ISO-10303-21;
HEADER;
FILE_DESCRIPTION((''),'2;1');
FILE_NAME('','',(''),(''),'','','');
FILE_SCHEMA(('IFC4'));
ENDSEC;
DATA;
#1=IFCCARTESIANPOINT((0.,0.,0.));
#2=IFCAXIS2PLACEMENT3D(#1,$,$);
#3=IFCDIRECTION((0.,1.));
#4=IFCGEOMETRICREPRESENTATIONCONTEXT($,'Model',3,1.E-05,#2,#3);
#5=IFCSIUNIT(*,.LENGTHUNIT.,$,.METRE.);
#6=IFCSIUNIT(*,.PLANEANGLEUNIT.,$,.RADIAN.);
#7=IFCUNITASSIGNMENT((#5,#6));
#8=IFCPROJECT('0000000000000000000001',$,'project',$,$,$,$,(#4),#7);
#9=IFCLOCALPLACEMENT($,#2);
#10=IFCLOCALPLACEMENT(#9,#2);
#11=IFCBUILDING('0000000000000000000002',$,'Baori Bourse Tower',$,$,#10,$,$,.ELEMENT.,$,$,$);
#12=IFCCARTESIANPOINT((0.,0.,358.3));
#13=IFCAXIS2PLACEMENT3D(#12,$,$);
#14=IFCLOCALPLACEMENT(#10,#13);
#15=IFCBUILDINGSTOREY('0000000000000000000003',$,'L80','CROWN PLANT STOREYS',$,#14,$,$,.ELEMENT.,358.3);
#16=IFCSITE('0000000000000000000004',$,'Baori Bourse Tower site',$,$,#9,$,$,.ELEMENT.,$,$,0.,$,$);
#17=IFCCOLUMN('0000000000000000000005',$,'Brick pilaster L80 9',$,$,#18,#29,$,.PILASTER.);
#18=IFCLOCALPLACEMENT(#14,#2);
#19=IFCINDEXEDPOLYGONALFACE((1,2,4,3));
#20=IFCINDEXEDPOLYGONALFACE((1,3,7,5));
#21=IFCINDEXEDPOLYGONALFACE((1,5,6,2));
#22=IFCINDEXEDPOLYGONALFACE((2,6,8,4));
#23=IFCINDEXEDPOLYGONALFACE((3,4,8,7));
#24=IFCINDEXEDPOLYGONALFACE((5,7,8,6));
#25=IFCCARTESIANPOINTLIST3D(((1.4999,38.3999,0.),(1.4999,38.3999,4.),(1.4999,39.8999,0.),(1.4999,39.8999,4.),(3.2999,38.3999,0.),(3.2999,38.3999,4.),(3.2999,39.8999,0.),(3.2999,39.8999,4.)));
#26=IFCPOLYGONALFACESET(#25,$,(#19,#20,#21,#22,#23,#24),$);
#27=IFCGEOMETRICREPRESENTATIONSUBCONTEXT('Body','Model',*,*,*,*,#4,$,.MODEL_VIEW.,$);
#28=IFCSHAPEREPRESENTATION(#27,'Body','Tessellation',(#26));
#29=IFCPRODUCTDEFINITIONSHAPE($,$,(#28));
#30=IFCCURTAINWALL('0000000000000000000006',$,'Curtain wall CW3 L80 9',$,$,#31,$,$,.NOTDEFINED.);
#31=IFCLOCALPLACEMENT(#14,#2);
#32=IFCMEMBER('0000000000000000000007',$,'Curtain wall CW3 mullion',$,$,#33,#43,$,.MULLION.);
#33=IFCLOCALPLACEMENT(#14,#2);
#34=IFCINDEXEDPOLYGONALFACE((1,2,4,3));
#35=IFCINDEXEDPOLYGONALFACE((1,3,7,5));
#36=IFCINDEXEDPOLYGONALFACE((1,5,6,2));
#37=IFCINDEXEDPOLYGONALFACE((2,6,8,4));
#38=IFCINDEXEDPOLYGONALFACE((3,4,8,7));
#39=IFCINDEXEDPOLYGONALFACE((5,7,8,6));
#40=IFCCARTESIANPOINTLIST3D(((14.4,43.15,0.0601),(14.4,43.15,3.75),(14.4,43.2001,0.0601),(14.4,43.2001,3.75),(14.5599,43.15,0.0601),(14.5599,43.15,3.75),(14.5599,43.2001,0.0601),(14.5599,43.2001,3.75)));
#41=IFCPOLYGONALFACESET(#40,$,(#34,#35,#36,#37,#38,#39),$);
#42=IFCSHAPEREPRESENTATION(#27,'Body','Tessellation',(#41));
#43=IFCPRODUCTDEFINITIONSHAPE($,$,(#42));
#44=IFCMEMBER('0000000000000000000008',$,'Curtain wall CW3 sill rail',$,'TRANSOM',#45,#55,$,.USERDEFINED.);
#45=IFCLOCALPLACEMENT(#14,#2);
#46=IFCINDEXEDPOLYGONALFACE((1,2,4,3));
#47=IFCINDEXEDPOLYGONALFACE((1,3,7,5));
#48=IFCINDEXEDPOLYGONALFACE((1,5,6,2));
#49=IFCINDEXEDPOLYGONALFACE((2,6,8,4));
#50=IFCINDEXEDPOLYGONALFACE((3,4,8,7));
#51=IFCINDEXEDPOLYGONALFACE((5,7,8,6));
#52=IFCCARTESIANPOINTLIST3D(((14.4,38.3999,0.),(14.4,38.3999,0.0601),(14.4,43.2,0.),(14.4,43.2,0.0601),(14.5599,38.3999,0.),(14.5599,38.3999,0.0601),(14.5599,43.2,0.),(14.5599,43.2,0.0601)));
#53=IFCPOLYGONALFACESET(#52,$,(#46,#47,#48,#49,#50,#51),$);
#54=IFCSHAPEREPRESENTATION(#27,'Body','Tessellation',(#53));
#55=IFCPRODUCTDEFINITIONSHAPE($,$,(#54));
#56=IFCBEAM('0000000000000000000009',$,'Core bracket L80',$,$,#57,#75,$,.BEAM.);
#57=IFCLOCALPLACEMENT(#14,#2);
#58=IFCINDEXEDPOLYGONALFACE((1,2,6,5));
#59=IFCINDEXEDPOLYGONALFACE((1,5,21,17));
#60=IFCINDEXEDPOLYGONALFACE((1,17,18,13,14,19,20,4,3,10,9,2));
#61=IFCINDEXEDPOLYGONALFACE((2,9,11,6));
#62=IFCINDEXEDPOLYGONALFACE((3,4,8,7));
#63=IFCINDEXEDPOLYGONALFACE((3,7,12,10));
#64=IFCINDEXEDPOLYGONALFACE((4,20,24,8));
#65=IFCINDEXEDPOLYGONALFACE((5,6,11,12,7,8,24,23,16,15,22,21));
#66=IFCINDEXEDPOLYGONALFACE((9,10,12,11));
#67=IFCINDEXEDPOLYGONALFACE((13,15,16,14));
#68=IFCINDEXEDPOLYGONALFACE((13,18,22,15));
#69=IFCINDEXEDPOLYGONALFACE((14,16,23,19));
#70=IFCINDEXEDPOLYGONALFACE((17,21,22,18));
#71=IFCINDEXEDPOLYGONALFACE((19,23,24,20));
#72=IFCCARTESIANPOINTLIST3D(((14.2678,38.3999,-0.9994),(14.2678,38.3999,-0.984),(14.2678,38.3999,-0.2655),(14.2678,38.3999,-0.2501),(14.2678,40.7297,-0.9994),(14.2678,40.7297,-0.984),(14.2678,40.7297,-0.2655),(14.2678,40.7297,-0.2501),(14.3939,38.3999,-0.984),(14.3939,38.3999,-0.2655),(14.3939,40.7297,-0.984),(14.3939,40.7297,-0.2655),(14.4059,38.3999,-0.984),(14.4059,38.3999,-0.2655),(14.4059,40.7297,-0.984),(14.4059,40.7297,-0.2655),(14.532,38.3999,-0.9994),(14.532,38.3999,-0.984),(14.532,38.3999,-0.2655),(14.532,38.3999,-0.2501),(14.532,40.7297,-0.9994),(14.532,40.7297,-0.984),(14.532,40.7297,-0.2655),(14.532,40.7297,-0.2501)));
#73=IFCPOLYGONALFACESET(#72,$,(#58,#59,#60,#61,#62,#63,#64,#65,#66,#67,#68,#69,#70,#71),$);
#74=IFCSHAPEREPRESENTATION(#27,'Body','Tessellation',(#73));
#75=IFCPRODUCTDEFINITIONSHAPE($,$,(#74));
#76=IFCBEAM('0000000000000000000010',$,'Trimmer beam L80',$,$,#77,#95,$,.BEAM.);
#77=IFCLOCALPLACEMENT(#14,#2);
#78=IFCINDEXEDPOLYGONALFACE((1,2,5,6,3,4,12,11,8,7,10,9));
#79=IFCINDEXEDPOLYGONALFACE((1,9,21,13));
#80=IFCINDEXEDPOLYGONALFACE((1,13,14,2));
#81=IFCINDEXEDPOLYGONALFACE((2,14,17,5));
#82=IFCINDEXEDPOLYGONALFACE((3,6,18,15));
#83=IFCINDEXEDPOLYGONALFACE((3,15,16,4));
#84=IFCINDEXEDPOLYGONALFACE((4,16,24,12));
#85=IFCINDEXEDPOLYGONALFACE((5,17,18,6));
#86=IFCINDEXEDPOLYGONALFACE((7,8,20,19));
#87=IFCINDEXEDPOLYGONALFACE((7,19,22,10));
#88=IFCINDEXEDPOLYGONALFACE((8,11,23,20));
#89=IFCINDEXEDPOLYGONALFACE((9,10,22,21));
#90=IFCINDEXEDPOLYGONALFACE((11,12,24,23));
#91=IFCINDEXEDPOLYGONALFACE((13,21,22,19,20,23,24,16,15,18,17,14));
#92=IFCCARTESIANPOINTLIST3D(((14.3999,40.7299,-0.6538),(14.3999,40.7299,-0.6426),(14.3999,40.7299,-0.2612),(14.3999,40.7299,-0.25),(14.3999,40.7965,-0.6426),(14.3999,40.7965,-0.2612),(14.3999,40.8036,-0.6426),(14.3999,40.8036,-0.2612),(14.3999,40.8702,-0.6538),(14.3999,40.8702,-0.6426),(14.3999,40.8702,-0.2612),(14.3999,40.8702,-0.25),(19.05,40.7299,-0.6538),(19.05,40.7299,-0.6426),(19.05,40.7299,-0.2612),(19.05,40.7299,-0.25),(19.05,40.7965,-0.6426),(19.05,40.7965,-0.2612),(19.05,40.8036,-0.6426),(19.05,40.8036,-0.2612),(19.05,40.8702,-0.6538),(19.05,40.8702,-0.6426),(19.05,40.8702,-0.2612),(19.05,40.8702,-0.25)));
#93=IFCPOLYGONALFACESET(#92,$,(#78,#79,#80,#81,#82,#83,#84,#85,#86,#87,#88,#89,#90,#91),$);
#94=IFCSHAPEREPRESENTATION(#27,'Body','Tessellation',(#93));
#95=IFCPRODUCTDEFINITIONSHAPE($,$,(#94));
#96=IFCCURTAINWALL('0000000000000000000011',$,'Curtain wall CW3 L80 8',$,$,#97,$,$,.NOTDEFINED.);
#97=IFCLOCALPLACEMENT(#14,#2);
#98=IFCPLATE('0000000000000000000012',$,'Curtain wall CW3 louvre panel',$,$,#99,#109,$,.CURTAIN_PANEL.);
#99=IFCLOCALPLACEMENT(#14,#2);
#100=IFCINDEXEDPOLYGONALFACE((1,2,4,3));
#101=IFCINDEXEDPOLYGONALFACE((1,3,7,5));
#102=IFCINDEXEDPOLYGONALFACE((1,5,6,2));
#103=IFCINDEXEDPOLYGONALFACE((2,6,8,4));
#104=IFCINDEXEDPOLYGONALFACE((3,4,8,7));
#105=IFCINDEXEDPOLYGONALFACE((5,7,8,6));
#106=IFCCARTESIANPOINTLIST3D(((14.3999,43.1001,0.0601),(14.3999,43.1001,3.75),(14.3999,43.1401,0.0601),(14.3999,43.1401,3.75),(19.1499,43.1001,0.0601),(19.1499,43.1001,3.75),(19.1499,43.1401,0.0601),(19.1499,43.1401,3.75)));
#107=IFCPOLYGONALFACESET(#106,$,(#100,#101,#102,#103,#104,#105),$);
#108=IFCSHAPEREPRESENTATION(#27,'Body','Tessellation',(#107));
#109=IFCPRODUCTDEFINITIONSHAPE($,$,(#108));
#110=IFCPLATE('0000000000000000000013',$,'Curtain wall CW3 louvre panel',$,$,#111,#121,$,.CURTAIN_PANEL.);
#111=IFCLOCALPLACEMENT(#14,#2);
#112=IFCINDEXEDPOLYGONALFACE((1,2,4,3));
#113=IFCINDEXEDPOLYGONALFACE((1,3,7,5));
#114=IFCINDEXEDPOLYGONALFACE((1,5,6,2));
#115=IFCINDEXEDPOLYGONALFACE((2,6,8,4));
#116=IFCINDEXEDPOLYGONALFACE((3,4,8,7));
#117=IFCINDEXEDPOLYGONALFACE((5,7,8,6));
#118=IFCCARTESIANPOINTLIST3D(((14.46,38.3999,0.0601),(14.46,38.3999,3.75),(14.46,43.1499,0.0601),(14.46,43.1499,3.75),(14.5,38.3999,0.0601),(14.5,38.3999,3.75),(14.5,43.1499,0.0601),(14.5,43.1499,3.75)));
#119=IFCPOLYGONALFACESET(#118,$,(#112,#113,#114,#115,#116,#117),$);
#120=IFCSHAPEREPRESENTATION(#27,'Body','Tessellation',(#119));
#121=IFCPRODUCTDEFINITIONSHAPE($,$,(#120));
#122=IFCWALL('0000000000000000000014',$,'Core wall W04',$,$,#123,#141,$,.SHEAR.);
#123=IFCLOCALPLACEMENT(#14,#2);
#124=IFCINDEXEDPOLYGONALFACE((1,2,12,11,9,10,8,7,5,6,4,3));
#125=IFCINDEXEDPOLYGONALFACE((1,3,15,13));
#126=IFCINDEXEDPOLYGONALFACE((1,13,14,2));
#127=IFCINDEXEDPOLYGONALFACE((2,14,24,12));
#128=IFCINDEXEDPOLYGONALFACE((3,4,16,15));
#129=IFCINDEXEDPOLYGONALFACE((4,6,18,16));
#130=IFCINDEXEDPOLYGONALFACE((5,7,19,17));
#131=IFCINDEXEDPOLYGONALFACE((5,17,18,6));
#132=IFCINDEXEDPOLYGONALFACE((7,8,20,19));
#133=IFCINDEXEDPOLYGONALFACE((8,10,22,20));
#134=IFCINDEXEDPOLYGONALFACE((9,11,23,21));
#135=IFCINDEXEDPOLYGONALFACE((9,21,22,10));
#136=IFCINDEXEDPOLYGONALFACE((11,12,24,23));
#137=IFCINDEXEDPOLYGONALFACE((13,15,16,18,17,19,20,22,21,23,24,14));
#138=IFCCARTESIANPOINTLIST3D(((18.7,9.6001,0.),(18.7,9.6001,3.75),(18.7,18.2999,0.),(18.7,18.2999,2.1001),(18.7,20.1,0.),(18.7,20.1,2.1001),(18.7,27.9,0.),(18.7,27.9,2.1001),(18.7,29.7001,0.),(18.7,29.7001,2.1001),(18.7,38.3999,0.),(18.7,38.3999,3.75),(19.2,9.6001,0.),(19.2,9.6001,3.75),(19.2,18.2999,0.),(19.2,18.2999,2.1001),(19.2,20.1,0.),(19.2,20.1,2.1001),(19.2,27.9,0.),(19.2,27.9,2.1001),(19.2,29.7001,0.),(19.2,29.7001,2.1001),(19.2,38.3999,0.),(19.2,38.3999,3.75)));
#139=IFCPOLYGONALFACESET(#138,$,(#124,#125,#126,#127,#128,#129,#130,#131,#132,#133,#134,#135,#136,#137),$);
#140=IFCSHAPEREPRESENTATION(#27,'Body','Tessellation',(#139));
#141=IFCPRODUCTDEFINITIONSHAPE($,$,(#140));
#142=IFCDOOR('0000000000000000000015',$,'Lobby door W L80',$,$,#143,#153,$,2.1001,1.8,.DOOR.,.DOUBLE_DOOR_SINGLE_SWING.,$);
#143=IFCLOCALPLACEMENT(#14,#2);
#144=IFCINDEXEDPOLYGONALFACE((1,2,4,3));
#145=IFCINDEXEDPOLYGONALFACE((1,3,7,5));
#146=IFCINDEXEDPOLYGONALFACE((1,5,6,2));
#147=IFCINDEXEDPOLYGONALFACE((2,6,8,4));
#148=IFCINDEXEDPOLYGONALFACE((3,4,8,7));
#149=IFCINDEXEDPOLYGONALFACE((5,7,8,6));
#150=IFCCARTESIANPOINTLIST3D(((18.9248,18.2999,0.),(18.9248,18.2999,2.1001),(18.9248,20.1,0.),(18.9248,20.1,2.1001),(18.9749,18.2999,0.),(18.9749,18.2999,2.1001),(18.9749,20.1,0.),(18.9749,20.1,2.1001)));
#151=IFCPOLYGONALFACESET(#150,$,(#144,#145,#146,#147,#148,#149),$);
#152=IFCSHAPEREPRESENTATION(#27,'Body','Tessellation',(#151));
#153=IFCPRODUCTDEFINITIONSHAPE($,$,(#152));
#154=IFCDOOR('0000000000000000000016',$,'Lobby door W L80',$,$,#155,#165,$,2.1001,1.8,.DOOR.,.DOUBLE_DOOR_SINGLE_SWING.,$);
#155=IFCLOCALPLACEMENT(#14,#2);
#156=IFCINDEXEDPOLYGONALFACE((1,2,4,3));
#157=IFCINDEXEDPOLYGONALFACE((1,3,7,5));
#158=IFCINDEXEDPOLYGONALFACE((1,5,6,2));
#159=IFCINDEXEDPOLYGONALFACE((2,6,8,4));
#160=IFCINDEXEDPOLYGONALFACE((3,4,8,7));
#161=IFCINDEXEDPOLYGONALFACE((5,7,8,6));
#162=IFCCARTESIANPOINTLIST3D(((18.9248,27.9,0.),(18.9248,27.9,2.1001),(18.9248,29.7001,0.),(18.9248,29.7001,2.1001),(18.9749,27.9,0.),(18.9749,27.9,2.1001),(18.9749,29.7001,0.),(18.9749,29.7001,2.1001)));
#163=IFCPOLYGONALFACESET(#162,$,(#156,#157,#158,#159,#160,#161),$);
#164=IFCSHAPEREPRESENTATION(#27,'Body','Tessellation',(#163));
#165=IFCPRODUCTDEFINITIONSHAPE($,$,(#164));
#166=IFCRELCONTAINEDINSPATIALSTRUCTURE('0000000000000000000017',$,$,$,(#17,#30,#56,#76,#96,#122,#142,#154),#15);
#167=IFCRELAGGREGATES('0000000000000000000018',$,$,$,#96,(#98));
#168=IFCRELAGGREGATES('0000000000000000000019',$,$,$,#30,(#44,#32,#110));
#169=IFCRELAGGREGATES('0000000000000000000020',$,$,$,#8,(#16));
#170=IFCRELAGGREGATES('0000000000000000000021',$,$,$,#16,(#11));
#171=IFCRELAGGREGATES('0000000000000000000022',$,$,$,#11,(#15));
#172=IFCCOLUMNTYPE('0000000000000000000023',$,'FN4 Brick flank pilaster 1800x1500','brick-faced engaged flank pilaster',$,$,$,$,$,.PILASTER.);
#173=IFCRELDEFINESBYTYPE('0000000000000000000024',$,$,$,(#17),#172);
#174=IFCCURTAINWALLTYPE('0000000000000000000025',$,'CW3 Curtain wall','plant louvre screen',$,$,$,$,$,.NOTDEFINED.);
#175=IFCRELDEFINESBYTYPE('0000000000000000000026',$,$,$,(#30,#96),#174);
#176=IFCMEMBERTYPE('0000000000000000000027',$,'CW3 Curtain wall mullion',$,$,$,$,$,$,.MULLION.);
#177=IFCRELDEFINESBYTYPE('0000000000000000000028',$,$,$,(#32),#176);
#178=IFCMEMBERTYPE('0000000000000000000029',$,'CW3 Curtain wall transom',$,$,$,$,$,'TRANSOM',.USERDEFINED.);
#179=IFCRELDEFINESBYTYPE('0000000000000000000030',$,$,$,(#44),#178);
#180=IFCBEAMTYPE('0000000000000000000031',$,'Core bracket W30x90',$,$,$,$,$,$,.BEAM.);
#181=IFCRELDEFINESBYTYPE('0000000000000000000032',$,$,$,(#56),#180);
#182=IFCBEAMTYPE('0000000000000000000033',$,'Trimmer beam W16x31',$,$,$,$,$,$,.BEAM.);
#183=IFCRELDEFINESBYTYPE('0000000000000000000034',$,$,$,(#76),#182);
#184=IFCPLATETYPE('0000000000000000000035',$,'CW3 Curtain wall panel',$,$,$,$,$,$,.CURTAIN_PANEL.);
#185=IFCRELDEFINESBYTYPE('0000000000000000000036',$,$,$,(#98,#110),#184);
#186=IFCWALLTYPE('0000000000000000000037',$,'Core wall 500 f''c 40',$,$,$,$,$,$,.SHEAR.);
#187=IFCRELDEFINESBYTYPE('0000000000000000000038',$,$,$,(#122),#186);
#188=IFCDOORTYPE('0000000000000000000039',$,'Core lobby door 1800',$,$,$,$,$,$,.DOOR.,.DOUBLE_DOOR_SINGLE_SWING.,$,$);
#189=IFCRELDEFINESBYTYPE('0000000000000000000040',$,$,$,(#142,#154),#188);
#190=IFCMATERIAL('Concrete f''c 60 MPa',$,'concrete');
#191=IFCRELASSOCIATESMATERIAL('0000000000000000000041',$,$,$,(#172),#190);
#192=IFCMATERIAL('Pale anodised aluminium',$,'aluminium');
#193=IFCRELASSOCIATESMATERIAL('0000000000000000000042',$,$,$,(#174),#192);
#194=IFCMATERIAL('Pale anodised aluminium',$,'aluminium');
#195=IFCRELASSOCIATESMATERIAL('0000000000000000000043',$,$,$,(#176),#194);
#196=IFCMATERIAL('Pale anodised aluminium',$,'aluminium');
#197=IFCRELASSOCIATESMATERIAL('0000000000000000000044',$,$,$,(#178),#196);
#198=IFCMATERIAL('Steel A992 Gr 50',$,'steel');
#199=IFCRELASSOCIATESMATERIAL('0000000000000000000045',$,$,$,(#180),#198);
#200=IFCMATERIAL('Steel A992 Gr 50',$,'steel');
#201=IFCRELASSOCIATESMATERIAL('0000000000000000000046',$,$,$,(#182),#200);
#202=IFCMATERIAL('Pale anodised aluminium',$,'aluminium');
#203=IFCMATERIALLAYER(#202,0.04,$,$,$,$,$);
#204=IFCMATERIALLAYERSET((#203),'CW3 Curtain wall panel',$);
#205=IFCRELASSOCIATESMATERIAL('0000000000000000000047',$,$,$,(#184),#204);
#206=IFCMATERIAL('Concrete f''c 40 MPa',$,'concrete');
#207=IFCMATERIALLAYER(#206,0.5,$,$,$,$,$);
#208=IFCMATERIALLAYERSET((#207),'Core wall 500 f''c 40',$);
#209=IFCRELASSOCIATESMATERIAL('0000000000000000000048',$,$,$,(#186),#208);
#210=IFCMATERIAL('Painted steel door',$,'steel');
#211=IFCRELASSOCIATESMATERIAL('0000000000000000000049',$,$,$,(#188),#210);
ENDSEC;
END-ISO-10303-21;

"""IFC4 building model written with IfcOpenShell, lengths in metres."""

from ifc_helpers import new_model, si_unit, direction, frame, frame_2d, origin, origin_2d, place, context, subcontext, project, spatial, rectangle, i_section, extrude, material, layer, layer_set, material_profile, profile_set, type_object, element, fill, aggregate, save


model = new_model("IFC4")

# Units and contexts
model_context = context("Model", 3, precision=1e-05, world=origin(), true_north=direction((0.0, 1.0)))
body_context = subcontext(model_context, "Body", "Model", "MODEL_VIEW")
ifc_project = project(units=[si_unit("LENGTHUNIT", "METRE"), si_unit("PLANEANGLEUNIT", "RADIAN")], contexts=[model_context])

# Site, building, storey
site_placement = place(None, origin())
site = spatial("IfcSite", under=ifc_project, at=site_placement, Name="Baori Bourse Tower site", CompositionType="ELEMENT", RefElevation=0.0)
building_placement = place(site_placement, origin())
building = spatial("IfcBuilding", under=site, at=building_placement, Name="Baori Bourse Tower", CompositionType="ELEMENT")
storey_placement = place(building_placement, frame((0.0, 0.0, 358.3)))
storey = spatial("IfcBuildingStorey", under=building, at=storey_placement, Name="L80", Description="CROWN PLANT STOREYS", CompositionType="ELEMENT", Elevation=358.3)

# Column
ifc_material_1 = material(Name="Concrete f'c 60 MPa", Category="concrete")
ifc_material_profile_1 = material_profile(ifc_material_1, rectangle(XDim=1.8, YDim=1.5, at=origin_2d()), Name="RC 1800x1500")
ifc_profile_set_1 = profile_set([ifc_material_profile_1], Name="Concrete f'c 60 MPa")
column_type = type_object("IfcColumnType", Name="FN4 Brick flank pilaster 1800x1500", Description="brick-faced engaged flank pilaster", PredefinedType="PILASTER", material=ifc_profile_set_1)
column_placement = place(storey_placement, frame((2.3999, 39.1499, 0.0), z_axis=(0.0, 0.0, 1.0), x_axis=(1.0, 0.0, 0.0)))
element("IfcColumn", 1, at=column_placement, inside=storey, type_object=column_type, Name="Brick pilaster L80 9", PredefinedType="PILASTER", context=body_context, shape_type="SweptSolid", body=[
    extrude(rectangle(XDim=1.8, YDim=1.5, at=origin_2d()), origin(), (0.0, 0.0, 1.0), 4.0),
])

# Curtain wall, members
ifc_material_2 = material(Name="Pale anodised aluminium", Category="aluminium")
curtain_wall_type = type_object("IfcCurtainWallType", Name="CW3 Curtain wall", Description="plant louvre screen", PredefinedType="NOTDEFINED", material=ifc_material_2)
curtain_wall_1_placement = place(storey_placement, origin())
curtain_wall_1 = element("IfcCurtainWall", 2, at=curtain_wall_1_placement, inside=storey, type_object=curtain_wall_type, Name="Curtain wall CW3 L80 9", PredefinedType="NOTDEFINED")
ifc_material_3 = material(Name="Pale anodised aluminium", Category="aluminium")
ifc_material_profile_2 = material_profile(ifc_material_3, rectangle(XDim=0.1599, YDim=0.05, at=origin_2d()), Name="Mullion 50x160")
ifc_profile_set_2 = profile_set([ifc_material_profile_2], Name="Pale anodised aluminium")
member_type_1 = type_object("IfcMemberType", Name="CW3 Curtain wall mullion", PredefinedType="MULLION", material=ifc_profile_set_2)
member_1_placement = place(storey_placement, frame((14.48, 43.175, 0.0601), z_axis=(0.0, 0.0, 1.0), x_axis=(1.0, 0.0, 0.0)))
member_1 = element("IfcMember", 3, at=member_1_placement, type_object=member_type_1, Name="Curtain wall CW3 mullion", PredefinedType="MULLION", context=body_context, shape_type="SweptSolid", body=[
    extrude(rectangle(XDim=0.1599, YDim=0.05, at=origin_2d()), origin(), (0.0, 0.0, 1.0), 3.6899),
])
ifc_material_4 = material(Name="Pale anodised aluminium", Category="aluminium")
ifc_material_profile_3 = material_profile(ifc_material_4, rectangle(XDim=0.1599, YDim=0.0601, at=origin_2d()), Name="Transom 60x160")
ifc_profile_set_3 = profile_set([ifc_material_profile_3], Name="Pale anodised aluminium")
member_type_2 = type_object("IfcMemberType", Name="CW3 Curtain wall transom", ElementType="TRANSOM", PredefinedType="USERDEFINED", material=ifc_profile_set_3)
member_2_placement = place(storey_placement, frame((14.48, 43.2, 0.03), z_axis=(0.0, -1.0, 0.0), x_axis=(1.0, 0.0, 0.0)))
member_2 = element("IfcMember", 4, at=member_2_placement, type_object=member_type_2, Name="Curtain wall CW3 sill rail", ObjectType="TRANSOM", PredefinedType="USERDEFINED", context=body_context, shape_type="SweptSolid", body=[
    extrude(rectangle(XDim=0.1599, YDim=0.0601, at=origin_2d()), origin(), (0.0, 0.0, 1.0), 4.8),
])

# Beams
ifc_material_5 = material(Name="Steel A992 Gr 50", Category="steel")
ifc_material_profile_4 = material_profile(ifc_material_5, i_section(OverallWidth=0.2642, OverallDepth=0.7493, WebThickness=0.012, FlangeThickness=0.0154, at=origin_2d()), Name="W30x90")
ifc_profile_set_4 = profile_set([ifc_material_profile_4], Name="Steel A992 Gr 50")
beam_type_1 = type_object("IfcBeamType", Name="Core bracket W30x90", PredefinedType="BEAM", material=ifc_profile_set_4)
beam_1_placement = place(storey_placement, frame((14.3999, 38.3999, -0.6248), z_axis=(0.0, 1.0, 0.0), x_axis=(-1.0, 0.0, 0.0)))
element("IfcBeam", 5, at=beam_1_placement, inside=storey, type_object=beam_type_1, Name="Core bracket L80", PredefinedType="BEAM", context=body_context, shape_type="SweptSolid", body=[
    extrude(i_section(OverallWidth=0.2642, OverallDepth=0.7493, WebThickness=0.012, FlangeThickness=0.0154, at=origin_2d()), origin(), (0.0, 0.0, 1.0), 2.3298),
])
ifc_material_6 = material(Name="Steel A992 Gr 50", Category="steel")
ifc_material_profile_5 = material_profile(ifc_material_6, i_section(OverallWidth=0.1404, OverallDepth=0.4038, WebThickness=0.0071, FlangeThickness=0.0112, at=origin_2d()), Name="W16x31")
ifc_profile_set_5 = profile_set([ifc_material_profile_5], Name="Steel A992 Gr 50")
beam_type_2 = type_object("IfcBeamType", Name="Trimmer beam W16x31", PredefinedType="BEAM", material=ifc_profile_set_5)
beam_2_placement = place(storey_placement, frame((14.3999, 40.8, -0.4519), z_axis=(1.0, 0.0, 0.0), x_axis=(0.0, 1.0, 0.0)))
element("IfcBeam", 6, at=beam_2_placement, inside=storey, type_object=beam_type_2, Name="Trimmer beam L80", PredefinedType="BEAM", context=body_context, shape_type="SweptSolid", body=[
    extrude(i_section(OverallWidth=0.1404, OverallDepth=0.4038, WebThickness=0.0071, FlangeThickness=0.0112, at=origin_2d()), origin(), (0.0, 0.0, 1.0), 4.6501),
])

# Curtain wall, plate
curtain_wall_2_placement = place(storey_placement, origin())
curtain_wall_2 = element("IfcCurtainWall", 7, at=curtain_wall_2_placement, inside=storey, type_object=curtain_wall_type, Name="Curtain wall CW3 L80 8", PredefinedType="NOTDEFINED")
ifc_material_7 = material(Name="Pale anodised aluminium", Category="aluminium")
ifc_layer_1 = layer(ifc_material_7, 0.04)
ifc_layer_set_1 = layer_set([ifc_layer_1], Name="CW3 Curtain wall panel")
plate_type = type_object("IfcPlateType", Name="CW3 Curtain wall panel", PredefinedType="CURTAIN_PANEL", material=ifc_layer_set_1)
plate_1_placement = place(storey_placement, frame((16.7749, 43.1201, 0.0601), z_axis=(0.0, 0.0, 1.0), x_axis=(-1.0, 0.0, 0.0)))
plate_1 = element("IfcPlate", 8, at=plate_1_placement, type_object=plate_type, Name="Curtain wall CW3 louvre panel", PredefinedType="CURTAIN_PANEL", context=body_context, shape_type="SweptSolid", body=[
    extrude(rectangle(XDim=4.75, YDim=0.04, at=origin_2d()), origin(), (0.0, 0.0, 1.0), 3.6899),
])
aggregate(curtain_wall_2, [plate_1])

# Plate
plate_2_placement = place(storey_placement, frame((14.48, 40.7749, 0.0601), z_axis=(0.0, 0.0, 1.0), x_axis=(0.0, -1.0, 0.0)))
plate_2 = element("IfcPlate", 9, at=plate_2_placement, type_object=plate_type, Name="Curtain wall CW3 louvre panel", PredefinedType="CURTAIN_PANEL", context=body_context, shape_type="SweptSolid", body=[
    extrude(rectangle(XDim=4.75, YDim=0.04, at=origin_2d()), origin(), (0.0, 0.0, 1.0), 3.6899),
])
aggregate(curtain_wall_1, [member_2, member_1, plate_2])

# Wall, openings, doors
ifc_material_8 = material(Name="Concrete f'c 40 MPa", Category="concrete")
ifc_layer_2 = layer(ifc_material_8, 0.5)
ifc_layer_set_2 = layer_set([ifc_layer_2], Name="Core wall 500 f'c 40")
wall_type_1 = type_object("IfcWallType", Name="Core wall 500 f'c 40", PredefinedType="SHEAR", material=ifc_layer_set_2)
wall_1_placement = place(storey_placement, frame((18.95, 38.3999, 0.0), z_axis=(0.0, 0.0, 1.0), x_axis=(0.0, -1.0, 0.0)))
wall_1 = element("IfcWall", 10, at=wall_1_placement, inside=storey, type_object=wall_type_1, Name="Core wall W04", PredefinedType="SHEAR", context=body_context, shape_type="SweptSolid", body=[
    extrude(rectangle(XDim=28.7998, YDim=0.5, at=frame_2d((14.3999, 0.0))), origin(), (0.0, 0.0, 1.0), 3.75),
])
opening_1_placement = place(wall_1_placement, frame((18.3, 0.0, 0.0)))
opening_1 = element("IfcOpeningElement", 11, at=opening_1_placement, cuts=wall_1, PredefinedType="OPENING", context=body_context, shape_type="SweptSolid", body=[
    extrude(rectangle(XDim=1.8, YDim=2.1001, at=frame_2d((0.8999, 1.05))), frame((0.0, 0.26, 0.0), z_axis=(0.0, -1.0, 0.0), x_axis=(1.0, 0.0, 0.0)), (0.0, 0.0, 1.0), 0.52),
])
opening_2_placement = place(wall_1_placement, frame((8.7, 0.0, 0.0)))
opening_2 = element("IfcOpeningElement", 12, at=opening_2_placement, cuts=wall_1, PredefinedType="OPENING", context=body_context, shape_type="SweptSolid", body=[
    extrude(rectangle(XDim=1.8, YDim=2.1001, at=frame_2d((0.8999, 1.05))), frame((0.0, 0.26, 0.0), z_axis=(0.0, -1.0, 0.0), x_axis=(1.0, 0.0, 0.0)), (0.0, 0.0, 1.0), 0.52),
])
ifc_material_9 = material(Name="Painted steel door", Category="steel")
door_type_1 = type_object("IfcDoorType", Name="Core lobby door 1800", OperationType="DOUBLE_DOOR_SINGLE_SWING", PredefinedType="DOOR", material=ifc_material_9)
door_1_placement = place(opening_1_placement, origin())
door_1 = element("IfcDoor", 13, at=door_1_placement, inside=storey, type_object=door_type_1, Name="Lobby door W L80", OperationType="DOUBLE_DOOR_SINGLE_SWING", OverallHeight=2.1001, OverallWidth=1.8, PredefinedType="DOOR", context=body_context, shape_type="SweptSolid", body=[
    extrude(rectangle(XDim=1.8, YDim=2.1001, at=frame_2d((0.8999, 1.05))), frame((0.0, 0.0249, 0.0), z_axis=(0.0, -1.0, 0.0), x_axis=(1.0, 0.0, 0.0)), (0.0, 0.0, 1.0), 0.05),
])
fill(opening_1, door_1)
door_2_placement = place(opening_2_placement, origin())
door_2 = element("IfcDoor", 14, at=door_2_placement, inside=storey, type_object=door_type_1, Name="Lobby door W L80", OperationType="DOUBLE_DOOR_SINGLE_SWING", OverallHeight=2.1001, OverallWidth=1.8, PredefinedType="DOOR", context=body_context, shape_type="SweptSolid", body=[
    extrude(rectangle(XDim=1.8, YDim=2.1001, at=frame_2d((0.8999, 1.05))), frame((0.0, 0.0249, 0.0), z_axis=(0.0, -1.0, 0.0), x_axis=(1.0, 0.0, 0.0)), (0.0, 0.0, 1.0), 0.05),
])
fill(opening_2, door_2)

save(model, "model.ifc")
